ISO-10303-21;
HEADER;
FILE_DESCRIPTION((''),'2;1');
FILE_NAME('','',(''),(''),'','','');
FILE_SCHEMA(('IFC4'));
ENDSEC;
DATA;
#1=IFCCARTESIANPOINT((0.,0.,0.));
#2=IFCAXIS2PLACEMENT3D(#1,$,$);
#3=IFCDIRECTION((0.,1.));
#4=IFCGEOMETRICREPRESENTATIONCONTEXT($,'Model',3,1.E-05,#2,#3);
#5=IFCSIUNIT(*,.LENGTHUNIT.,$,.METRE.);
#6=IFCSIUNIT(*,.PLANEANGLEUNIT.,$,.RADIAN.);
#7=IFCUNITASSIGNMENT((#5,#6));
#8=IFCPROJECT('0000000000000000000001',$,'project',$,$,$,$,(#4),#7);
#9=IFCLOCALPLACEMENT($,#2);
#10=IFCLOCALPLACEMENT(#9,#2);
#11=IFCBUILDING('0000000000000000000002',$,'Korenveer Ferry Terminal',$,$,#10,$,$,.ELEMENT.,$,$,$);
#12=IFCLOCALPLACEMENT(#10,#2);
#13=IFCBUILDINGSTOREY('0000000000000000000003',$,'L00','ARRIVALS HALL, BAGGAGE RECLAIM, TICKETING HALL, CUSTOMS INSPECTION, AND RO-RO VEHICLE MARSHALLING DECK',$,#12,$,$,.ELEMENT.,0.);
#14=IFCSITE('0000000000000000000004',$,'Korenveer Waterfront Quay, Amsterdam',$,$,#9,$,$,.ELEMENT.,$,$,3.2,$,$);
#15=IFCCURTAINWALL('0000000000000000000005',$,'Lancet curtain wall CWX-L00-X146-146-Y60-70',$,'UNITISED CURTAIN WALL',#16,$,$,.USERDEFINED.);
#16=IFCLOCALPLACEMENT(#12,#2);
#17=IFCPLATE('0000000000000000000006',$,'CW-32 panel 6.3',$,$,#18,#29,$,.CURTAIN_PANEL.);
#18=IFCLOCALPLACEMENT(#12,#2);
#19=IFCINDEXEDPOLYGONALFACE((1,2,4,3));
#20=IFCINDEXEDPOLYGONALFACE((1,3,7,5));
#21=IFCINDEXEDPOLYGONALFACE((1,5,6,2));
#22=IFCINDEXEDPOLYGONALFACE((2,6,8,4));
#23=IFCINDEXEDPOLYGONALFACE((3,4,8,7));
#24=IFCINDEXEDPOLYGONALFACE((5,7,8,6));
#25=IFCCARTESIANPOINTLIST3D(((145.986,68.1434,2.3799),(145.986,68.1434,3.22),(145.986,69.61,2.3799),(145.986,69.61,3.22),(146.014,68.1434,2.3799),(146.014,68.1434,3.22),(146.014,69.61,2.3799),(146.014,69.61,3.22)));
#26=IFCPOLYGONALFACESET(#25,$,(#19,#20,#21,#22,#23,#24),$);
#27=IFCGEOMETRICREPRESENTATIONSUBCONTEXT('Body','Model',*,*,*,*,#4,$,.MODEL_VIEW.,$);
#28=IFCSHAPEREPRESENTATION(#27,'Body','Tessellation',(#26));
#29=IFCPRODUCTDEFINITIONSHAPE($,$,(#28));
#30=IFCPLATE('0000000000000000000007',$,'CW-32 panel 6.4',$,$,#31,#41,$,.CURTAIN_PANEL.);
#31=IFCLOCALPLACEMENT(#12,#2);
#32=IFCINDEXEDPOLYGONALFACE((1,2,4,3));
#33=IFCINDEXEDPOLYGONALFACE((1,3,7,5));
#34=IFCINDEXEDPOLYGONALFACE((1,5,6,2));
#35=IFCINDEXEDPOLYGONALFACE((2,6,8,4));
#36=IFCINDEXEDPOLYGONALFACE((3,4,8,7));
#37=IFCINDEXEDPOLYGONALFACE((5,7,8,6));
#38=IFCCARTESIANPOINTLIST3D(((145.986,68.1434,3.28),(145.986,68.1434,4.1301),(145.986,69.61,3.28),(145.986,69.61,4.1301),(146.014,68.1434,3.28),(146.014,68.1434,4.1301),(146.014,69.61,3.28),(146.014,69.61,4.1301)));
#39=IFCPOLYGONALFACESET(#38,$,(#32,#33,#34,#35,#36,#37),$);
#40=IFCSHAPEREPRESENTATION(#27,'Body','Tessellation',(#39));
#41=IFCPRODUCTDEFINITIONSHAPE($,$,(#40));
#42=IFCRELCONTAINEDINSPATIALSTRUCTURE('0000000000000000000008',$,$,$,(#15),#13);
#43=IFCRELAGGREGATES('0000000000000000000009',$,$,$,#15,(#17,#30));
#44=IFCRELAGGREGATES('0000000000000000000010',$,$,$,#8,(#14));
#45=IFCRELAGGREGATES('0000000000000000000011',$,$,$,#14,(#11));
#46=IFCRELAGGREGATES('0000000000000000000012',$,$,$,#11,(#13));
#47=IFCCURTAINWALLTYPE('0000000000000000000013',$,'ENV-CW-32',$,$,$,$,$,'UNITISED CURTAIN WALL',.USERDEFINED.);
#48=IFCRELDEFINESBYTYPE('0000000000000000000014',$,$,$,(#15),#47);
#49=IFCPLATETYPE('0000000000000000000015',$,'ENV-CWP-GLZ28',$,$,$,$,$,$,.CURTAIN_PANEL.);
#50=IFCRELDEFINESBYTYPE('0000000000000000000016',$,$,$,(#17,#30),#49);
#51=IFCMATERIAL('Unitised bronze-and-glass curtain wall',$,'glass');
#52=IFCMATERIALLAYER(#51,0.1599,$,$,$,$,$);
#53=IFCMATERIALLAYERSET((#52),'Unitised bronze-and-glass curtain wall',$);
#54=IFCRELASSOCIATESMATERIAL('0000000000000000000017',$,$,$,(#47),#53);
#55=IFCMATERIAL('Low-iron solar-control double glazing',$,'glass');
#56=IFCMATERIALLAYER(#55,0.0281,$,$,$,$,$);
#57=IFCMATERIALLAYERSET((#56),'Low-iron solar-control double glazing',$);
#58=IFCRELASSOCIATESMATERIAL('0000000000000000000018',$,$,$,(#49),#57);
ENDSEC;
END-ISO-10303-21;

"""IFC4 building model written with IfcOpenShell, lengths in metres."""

from ifc_helpers import new_model, si_unit, direction, frame, origin, origin_2d, place, context, subcontext, project, spatial, rectangle, extrude, material, layer, layer_set, type_object, element, aggregate, save


model = new_model("IFC4")

# Units and contexts
model_context = context("Model", 3, precision=1e-05, world=origin(), true_north=direction((0.0, 1.0)))
body_context = subcontext(model_context, "Body", "Model", "MODEL_VIEW")
ifc_project = project(units=[si_unit("LENGTHUNIT", "METRE"), si_unit("PLANEANGLEUNIT", "RADIAN")], contexts=[model_context])

# Site, building, storey
site_placement = place(None, origin())
site = spatial("IfcSite", under=ifc_project, at=site_placement, Name="Korenveer Waterfront Quay, Amsterdam", CompositionType="ELEMENT", RefElevation=3.2)
building_placement = place(site_placement, origin())
building = spatial("IfcBuilding", under=site, at=building_placement, Name="Korenveer Ferry Terminal", CompositionType="ELEMENT")
storey_placement = place(building_placement, origin())
storey = spatial("IfcBuildingStorey", under=building, at=storey_placement, Name="L00", Description="ARRIVALS HALL, BAGGAGE RECLAIM, TICKETING HALL, CUSTOMS INSPECTION, AND RO-RO VEHICLE MARSHALLING DECK", CompositionType="ELEMENT", Elevation=0.0)

# Curtain wall, plates
ifc_material_1 = material(Name="Unitised bronze-and-glass curtain wall", Category="glass")
ifc_layer_1 = layer(ifc_material_1, 0.1599)
ifc_layer_set_1 = layer_set([ifc_layer_1], Name="Unitised bronze-and-glass curtain wall")
curtain_wall_type = type_object("IfcCurtainWallType", Name="ENV-CW-32", ElementType="UNITISED CURTAIN WALL", PredefinedType="USERDEFINED", material=ifc_layer_set_1)
curtain_wall_placement = place(storey_placement, frame((146.0, 60.3301, 0.0)))
curtain_wall = element("IfcCurtainWall", 1, at=curtain_wall_placement, inside=storey, type_object=curtain_wall_type, Name="Lancet curtain wall CWX-L00-X146-146-Y60-70", ObjectType="UNITISED CURTAIN WALL", PredefinedType="USERDEFINED")
ifc_material_2 = material(Name="Low-iron solar-control double glazing", Category="glass")
ifc_layer_2 = layer(ifc_material_2, 0.0281)
ifc_layer_set_2 = layer_set([ifc_layer_2], Name="Low-iron solar-control double glazing")
plate_type = type_object("IfcPlateType", Name="ENV-CWP-GLZ28", PredefinedType="CURTAIN_PANEL", material=ifc_layer_set_2)
plate_1_placement = place(storey_placement, frame((146.0, 68.8767, 2.3799), z_axis=(0.0, 0.0, 1.0), x_axis=(0.0, 1.0, 0.0)))
plate_1 = element("IfcPlate", 2, at=plate_1_placement, type_object=plate_type, Name="CW-32 panel 6.3", PredefinedType="CURTAIN_PANEL", context=body_context, shape_type="SweptSolid", body=[
    extrude(rectangle(XDim=1.4666, YDim=0.0281, at=origin_2d()), origin(), (0.0, 0.0, 1.0), 0.8401),
])
plate_2_placement = place(storey_placement, frame((146.0, 68.8767, 3.28), z_axis=(0.0, 0.0, 1.0), x_axis=(0.0, 1.0, 0.0)))
plate_2 = element("IfcPlate", 3, at=plate_2_placement, type_object=plate_type, Name="CW-32 panel 6.4", PredefinedType="CURTAIN_PANEL", context=body_context, shape_type="SweptSolid", body=[
    extrude(rectangle(XDim=1.4666, YDim=0.0281, at=origin_2d()), origin(), (0.0, 0.0, 1.0), 0.8501),
])
aggregate(curtain_wall, [plate_1, plate_2])

save(model, "model.ifc")
